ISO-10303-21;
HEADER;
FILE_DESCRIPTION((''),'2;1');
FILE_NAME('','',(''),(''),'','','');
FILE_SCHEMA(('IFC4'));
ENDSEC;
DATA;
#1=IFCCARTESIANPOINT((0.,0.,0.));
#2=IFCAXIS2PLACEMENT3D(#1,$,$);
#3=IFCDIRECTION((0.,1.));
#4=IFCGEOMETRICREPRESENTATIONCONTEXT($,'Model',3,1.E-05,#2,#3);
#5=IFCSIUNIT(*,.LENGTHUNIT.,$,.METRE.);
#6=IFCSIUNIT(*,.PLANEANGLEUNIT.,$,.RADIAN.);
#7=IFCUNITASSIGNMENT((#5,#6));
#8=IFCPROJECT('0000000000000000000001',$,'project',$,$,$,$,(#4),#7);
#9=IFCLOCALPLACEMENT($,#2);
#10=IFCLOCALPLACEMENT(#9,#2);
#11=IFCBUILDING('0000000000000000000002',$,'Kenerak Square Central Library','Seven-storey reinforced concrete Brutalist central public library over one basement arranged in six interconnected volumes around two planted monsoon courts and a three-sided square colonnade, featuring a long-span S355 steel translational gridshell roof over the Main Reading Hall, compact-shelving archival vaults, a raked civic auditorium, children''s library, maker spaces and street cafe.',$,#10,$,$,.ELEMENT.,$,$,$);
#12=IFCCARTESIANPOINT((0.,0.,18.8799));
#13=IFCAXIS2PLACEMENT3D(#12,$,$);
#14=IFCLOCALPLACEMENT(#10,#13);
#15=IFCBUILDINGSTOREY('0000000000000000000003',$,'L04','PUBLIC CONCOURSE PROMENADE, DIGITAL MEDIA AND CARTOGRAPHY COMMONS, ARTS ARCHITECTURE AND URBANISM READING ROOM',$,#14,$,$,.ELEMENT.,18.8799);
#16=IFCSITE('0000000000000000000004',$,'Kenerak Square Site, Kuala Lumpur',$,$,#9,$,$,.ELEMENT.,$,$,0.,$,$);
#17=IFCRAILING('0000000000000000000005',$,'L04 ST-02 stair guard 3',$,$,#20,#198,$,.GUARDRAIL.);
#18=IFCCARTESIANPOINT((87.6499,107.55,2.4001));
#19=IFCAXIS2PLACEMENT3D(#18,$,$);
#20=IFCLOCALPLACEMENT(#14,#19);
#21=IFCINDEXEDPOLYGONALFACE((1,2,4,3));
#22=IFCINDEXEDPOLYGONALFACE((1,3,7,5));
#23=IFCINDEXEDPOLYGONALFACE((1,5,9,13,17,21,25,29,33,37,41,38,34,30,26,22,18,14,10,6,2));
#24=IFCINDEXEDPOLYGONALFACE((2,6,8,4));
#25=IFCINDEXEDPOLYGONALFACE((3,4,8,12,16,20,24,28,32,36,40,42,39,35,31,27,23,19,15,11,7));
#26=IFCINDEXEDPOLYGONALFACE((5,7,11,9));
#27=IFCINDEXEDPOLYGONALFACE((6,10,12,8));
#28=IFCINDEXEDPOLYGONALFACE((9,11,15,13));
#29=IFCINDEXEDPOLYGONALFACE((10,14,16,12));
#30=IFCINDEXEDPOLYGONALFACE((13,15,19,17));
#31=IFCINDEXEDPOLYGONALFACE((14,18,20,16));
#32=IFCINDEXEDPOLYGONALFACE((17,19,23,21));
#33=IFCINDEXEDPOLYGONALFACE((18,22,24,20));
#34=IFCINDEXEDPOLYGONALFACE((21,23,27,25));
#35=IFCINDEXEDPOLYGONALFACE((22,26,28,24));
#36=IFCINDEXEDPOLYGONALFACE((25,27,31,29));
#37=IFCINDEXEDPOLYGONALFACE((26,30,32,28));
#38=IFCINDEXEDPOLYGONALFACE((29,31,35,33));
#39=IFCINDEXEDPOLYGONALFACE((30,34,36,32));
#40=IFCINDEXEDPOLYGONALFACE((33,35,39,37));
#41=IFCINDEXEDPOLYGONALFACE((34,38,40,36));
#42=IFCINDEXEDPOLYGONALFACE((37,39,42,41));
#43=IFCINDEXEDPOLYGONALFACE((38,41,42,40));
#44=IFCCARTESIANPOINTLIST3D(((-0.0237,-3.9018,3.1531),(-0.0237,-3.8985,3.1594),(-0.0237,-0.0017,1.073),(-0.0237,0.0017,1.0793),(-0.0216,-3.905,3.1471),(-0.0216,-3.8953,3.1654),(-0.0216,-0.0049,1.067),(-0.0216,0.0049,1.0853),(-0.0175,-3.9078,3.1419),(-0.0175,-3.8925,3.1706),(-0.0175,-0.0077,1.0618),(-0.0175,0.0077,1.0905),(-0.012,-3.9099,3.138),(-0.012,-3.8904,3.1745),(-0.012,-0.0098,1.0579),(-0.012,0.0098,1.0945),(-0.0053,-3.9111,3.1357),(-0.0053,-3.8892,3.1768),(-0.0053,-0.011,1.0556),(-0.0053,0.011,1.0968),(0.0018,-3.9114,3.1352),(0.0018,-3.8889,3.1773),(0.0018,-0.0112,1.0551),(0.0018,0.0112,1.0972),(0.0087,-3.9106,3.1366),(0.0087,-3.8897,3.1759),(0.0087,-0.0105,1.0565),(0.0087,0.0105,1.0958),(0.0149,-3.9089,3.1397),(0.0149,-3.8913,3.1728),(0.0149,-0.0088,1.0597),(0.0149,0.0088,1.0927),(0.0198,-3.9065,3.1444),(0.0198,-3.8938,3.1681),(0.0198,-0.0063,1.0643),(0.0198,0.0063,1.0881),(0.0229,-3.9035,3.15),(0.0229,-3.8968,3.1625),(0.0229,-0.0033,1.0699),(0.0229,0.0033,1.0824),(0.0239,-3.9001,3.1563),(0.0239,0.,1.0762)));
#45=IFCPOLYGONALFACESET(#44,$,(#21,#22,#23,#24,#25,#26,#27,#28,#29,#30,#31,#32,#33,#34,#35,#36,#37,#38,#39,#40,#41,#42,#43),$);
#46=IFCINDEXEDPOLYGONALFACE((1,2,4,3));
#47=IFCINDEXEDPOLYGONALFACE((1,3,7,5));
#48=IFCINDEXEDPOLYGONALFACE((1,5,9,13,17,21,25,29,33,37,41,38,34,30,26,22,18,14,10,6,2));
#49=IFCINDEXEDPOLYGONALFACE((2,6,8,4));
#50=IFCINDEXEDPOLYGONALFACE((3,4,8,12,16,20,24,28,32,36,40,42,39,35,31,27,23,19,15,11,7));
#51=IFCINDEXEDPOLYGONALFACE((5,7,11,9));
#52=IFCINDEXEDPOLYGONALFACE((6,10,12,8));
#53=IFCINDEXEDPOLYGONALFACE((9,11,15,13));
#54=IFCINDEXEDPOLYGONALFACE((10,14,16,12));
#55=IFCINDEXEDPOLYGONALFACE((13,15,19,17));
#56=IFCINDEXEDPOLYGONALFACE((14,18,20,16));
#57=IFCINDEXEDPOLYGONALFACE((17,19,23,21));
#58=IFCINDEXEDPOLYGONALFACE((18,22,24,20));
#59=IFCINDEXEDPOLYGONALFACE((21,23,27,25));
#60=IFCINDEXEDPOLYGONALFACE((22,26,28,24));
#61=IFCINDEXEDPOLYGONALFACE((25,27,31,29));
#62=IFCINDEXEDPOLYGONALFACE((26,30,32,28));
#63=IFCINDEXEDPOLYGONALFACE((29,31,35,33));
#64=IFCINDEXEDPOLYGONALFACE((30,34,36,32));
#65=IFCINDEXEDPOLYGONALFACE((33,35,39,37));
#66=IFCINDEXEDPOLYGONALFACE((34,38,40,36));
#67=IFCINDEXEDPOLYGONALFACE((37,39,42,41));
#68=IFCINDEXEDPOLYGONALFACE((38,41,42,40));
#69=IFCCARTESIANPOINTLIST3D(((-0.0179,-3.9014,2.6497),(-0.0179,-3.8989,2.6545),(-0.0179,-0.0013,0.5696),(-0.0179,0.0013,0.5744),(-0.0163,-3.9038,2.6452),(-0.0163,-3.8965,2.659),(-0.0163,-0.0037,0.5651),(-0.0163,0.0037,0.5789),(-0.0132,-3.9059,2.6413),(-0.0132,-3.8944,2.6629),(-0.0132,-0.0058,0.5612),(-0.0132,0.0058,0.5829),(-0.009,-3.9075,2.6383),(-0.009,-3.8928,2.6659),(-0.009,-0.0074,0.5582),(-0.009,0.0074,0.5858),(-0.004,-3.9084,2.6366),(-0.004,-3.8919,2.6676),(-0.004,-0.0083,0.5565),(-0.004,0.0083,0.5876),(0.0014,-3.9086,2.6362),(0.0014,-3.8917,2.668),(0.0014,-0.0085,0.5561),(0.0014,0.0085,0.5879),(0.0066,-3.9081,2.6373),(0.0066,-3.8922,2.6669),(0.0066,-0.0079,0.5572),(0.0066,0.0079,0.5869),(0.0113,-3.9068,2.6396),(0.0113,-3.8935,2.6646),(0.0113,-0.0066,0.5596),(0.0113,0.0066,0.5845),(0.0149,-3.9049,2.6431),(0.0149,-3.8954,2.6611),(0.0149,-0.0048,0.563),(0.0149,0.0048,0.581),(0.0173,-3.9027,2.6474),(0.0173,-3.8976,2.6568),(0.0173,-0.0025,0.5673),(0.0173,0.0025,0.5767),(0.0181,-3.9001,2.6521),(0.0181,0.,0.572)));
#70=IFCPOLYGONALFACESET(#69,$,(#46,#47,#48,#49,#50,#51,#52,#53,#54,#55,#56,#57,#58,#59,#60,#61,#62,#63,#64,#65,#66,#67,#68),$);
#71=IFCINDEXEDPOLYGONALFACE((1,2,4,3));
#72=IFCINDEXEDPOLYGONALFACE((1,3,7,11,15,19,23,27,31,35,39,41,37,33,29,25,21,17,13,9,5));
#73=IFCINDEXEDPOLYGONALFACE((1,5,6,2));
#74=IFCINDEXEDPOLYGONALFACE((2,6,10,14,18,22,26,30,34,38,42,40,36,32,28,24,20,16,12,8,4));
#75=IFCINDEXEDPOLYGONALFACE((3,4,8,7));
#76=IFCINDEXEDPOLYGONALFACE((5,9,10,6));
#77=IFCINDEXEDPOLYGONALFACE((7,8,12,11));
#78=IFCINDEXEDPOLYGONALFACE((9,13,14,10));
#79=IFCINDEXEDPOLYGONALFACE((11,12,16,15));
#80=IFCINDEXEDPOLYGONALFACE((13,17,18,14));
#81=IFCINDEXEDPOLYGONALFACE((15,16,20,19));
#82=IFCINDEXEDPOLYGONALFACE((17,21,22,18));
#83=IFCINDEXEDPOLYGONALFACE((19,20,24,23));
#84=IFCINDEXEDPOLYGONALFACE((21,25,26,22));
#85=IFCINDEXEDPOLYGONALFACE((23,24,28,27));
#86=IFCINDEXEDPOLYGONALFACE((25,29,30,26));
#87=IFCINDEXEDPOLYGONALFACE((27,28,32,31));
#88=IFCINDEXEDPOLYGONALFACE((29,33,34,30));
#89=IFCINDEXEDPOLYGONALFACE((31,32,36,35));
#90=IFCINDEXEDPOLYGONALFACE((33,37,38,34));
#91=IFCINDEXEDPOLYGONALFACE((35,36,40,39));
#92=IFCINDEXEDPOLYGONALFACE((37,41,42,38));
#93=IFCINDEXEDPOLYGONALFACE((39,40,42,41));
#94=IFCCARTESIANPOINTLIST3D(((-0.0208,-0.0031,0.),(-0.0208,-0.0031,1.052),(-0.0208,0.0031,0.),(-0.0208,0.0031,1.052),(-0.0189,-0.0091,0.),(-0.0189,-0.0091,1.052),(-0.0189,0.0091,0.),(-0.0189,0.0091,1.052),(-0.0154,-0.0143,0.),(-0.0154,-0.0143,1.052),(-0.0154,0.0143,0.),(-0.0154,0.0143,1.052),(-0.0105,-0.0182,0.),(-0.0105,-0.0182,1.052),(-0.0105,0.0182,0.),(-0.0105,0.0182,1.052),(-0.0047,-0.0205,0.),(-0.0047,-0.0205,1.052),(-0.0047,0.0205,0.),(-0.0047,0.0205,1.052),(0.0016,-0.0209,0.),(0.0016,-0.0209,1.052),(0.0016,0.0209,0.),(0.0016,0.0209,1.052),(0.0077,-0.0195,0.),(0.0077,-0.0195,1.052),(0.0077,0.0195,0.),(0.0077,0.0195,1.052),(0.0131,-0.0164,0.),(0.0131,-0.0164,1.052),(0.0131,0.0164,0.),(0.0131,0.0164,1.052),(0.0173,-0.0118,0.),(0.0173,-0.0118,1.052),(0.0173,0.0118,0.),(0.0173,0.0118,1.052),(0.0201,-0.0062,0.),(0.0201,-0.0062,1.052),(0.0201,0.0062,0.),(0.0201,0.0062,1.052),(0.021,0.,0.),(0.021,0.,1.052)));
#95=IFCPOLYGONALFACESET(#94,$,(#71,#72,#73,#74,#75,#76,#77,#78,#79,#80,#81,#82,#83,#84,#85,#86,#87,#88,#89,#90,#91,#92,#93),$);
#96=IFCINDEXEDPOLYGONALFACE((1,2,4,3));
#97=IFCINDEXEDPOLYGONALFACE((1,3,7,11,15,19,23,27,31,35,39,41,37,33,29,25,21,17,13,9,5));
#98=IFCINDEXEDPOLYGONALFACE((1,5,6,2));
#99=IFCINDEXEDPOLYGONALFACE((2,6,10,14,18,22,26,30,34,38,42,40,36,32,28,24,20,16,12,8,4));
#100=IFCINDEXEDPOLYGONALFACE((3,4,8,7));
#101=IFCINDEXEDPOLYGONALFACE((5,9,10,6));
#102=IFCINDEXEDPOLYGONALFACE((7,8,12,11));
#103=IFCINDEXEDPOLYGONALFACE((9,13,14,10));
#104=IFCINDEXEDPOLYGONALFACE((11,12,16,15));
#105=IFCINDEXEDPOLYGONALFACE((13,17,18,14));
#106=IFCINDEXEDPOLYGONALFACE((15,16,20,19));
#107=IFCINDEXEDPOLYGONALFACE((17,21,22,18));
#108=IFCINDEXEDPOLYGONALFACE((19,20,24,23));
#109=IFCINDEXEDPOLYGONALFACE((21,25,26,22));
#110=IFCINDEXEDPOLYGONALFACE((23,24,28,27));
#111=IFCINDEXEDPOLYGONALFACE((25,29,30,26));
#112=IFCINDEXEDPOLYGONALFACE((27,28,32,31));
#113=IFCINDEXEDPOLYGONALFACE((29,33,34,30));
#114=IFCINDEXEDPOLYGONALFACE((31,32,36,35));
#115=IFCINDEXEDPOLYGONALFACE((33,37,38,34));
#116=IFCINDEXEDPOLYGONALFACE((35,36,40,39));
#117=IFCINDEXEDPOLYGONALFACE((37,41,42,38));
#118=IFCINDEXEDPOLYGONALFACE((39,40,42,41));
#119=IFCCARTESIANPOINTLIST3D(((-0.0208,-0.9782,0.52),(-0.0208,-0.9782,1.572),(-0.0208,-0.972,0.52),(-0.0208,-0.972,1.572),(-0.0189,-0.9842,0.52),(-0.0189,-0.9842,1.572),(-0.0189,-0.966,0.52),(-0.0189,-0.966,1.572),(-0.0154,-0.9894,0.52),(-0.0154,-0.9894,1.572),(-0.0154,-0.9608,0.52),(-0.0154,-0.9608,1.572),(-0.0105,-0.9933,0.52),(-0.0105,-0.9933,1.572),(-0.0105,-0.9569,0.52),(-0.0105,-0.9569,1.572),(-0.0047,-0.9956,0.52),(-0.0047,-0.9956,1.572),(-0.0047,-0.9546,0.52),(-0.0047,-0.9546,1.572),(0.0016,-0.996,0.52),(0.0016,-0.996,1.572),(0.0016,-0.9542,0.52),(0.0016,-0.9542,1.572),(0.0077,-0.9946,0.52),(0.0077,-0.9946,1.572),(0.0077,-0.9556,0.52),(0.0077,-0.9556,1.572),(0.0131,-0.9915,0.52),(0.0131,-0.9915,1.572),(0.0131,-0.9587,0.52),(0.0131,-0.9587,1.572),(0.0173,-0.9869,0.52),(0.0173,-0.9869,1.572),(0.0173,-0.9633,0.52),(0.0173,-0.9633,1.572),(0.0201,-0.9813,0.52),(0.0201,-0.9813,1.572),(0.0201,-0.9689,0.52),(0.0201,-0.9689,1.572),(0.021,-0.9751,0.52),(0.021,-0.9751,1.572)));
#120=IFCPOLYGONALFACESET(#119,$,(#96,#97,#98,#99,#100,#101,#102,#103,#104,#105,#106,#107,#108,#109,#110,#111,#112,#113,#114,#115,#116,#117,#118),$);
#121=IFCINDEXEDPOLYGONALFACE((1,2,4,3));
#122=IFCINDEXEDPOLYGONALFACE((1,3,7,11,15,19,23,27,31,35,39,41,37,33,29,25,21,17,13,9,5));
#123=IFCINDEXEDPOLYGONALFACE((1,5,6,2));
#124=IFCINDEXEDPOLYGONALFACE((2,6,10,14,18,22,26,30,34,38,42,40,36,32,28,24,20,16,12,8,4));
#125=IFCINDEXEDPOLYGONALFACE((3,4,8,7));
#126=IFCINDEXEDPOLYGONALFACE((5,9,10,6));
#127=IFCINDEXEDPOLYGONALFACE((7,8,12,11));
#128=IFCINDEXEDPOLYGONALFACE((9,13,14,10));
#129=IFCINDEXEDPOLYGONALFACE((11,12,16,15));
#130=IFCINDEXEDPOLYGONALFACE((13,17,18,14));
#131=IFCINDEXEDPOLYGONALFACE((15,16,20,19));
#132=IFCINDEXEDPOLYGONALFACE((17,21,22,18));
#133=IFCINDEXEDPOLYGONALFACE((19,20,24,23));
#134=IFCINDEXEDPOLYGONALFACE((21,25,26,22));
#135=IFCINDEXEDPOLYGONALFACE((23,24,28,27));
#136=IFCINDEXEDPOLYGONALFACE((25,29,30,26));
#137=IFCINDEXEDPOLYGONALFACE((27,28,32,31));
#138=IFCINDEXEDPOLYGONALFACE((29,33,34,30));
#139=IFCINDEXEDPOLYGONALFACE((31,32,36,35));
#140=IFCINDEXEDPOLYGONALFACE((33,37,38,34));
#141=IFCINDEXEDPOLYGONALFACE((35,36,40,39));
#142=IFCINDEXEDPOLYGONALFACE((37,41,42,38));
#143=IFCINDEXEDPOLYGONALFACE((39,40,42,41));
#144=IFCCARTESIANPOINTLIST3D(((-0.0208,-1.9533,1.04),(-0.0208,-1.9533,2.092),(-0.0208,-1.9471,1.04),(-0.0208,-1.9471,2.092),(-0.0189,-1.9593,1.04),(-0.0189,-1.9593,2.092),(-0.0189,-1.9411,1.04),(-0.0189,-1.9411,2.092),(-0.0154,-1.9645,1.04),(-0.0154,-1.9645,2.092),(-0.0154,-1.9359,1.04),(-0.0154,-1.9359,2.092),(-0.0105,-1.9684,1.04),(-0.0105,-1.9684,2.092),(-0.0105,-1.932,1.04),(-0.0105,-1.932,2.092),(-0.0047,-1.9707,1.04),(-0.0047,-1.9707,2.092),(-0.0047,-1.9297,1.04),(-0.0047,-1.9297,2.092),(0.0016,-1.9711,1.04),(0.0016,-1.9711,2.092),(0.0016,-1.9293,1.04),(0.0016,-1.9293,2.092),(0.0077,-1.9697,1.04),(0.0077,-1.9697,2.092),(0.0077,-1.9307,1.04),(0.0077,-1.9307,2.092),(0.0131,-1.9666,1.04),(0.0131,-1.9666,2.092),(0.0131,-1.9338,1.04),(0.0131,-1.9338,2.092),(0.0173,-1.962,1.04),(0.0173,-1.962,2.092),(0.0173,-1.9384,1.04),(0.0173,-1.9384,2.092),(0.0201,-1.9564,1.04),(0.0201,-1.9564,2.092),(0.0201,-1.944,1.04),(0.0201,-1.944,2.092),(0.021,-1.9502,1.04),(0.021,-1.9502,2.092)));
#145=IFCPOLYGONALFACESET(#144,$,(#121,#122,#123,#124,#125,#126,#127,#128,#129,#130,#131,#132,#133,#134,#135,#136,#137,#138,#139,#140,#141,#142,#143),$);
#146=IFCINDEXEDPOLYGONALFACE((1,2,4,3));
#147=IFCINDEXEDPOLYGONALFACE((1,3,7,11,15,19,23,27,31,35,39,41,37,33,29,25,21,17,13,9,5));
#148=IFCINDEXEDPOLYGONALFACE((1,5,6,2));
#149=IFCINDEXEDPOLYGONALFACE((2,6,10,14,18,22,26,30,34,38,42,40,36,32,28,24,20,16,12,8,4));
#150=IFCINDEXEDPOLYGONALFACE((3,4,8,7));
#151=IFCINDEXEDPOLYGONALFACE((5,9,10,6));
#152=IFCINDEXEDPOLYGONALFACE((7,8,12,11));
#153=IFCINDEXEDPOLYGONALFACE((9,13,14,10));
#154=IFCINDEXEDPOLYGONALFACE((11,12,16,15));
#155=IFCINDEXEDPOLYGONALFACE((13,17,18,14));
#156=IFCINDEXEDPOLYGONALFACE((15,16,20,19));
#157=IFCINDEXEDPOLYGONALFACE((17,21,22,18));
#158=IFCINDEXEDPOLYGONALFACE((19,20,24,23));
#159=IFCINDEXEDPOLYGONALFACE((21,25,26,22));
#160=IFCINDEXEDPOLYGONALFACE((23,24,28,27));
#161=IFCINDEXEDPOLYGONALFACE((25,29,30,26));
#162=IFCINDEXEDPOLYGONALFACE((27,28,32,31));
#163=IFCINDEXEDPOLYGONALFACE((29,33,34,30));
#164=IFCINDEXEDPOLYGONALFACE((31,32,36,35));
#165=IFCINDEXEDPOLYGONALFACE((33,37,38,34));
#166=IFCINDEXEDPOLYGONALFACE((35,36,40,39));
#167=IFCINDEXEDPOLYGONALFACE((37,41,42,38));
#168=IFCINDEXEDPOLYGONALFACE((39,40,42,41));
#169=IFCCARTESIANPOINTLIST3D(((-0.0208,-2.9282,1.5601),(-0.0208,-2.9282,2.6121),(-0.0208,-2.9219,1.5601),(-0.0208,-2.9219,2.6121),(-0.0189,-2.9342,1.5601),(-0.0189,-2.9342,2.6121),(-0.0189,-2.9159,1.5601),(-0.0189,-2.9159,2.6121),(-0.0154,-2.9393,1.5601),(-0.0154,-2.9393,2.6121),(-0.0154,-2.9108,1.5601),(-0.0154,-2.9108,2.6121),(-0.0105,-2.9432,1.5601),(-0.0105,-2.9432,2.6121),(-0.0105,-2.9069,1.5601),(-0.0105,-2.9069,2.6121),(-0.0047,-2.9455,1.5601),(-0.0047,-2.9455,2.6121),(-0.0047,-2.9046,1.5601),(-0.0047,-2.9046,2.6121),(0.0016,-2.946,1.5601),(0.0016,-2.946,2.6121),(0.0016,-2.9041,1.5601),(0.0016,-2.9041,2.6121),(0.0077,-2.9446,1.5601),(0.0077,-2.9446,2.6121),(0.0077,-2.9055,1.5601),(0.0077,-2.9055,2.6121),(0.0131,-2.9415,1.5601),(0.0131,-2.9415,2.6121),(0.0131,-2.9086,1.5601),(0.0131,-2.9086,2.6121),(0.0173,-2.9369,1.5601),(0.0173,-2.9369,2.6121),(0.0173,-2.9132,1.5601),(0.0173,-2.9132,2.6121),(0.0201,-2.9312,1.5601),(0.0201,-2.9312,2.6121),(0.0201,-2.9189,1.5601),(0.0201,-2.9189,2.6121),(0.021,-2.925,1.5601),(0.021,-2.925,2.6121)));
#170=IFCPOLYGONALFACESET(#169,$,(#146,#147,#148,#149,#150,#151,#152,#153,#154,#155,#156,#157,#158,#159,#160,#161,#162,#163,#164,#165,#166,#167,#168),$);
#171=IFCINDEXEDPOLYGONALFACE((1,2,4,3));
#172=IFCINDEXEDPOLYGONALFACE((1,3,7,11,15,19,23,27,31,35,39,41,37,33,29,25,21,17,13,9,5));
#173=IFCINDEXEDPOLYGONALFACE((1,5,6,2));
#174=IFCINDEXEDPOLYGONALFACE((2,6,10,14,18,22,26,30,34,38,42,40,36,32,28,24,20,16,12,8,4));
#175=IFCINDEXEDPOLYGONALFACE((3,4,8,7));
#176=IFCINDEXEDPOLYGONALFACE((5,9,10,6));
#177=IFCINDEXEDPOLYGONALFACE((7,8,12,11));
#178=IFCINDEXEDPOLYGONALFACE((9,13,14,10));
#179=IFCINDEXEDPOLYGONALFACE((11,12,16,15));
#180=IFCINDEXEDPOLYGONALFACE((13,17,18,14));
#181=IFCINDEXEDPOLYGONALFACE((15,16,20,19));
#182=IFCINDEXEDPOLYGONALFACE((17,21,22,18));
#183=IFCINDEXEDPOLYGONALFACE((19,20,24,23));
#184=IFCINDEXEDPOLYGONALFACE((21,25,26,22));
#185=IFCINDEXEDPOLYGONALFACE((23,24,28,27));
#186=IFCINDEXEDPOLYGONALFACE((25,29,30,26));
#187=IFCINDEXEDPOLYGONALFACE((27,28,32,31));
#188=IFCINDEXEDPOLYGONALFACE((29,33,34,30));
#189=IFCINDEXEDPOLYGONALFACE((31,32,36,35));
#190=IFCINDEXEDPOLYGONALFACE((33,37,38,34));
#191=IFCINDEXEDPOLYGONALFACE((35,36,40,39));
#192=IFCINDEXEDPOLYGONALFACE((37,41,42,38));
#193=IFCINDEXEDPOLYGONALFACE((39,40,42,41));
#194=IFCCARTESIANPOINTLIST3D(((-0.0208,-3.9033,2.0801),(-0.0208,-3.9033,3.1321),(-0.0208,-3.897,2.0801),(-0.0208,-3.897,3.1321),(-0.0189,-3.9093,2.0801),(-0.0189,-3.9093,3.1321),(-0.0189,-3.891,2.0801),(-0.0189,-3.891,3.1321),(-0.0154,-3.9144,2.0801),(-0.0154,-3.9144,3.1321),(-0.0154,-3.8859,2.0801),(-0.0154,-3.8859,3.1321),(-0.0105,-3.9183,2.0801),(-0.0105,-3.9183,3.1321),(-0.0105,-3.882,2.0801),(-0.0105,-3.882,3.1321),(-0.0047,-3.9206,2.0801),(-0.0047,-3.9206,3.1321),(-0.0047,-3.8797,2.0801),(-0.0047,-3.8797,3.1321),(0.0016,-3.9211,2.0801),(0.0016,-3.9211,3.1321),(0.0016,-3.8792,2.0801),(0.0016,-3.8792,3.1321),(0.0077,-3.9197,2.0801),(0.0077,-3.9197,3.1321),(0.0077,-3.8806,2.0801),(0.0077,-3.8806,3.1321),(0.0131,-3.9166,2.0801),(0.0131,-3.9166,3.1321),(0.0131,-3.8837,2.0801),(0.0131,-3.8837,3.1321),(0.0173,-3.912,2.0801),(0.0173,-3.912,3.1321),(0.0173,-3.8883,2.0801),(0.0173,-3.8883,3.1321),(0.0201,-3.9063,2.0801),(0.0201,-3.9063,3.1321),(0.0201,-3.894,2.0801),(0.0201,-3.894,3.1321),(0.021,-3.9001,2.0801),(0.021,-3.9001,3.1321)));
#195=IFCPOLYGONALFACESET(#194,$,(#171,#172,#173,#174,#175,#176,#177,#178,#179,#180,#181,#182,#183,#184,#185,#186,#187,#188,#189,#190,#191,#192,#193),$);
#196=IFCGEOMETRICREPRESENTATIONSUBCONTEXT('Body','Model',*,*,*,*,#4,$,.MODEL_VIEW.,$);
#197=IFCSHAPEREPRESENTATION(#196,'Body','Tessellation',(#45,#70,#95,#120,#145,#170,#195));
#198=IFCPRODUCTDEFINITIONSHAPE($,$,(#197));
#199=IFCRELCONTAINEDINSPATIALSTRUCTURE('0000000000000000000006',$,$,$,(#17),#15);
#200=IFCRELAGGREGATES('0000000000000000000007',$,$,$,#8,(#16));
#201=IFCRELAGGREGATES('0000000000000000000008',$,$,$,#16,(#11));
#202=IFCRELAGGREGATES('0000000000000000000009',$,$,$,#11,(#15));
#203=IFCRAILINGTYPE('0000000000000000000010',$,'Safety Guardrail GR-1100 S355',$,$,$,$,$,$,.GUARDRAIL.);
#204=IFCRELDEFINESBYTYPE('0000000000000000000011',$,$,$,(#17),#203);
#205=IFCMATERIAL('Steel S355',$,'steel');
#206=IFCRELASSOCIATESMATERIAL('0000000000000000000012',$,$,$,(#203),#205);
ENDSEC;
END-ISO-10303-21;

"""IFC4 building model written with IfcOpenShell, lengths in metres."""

from ifc_helpers import new_model, si_unit, direction, frame, origin, origin_2d, place, context, subcontext, project, spatial, circle, extrude, material, type_object, element, save


model = new_model("IFC4")

# Units and contexts
model_context = context("Model", 3, precision=1e-05, world=origin(), true_north=direction((0.0, 1.0)))
body_context = subcontext(model_context, "Body", "Model", "MODEL_VIEW")
ifc_project = project(units=[si_unit("LENGTHUNIT", "METRE"), si_unit("PLANEANGLEUNIT", "RADIAN")], contexts=[model_context])

# Site, building, storey
site_placement = place(None, origin())
site = spatial("IfcSite", under=ifc_project, at=site_placement, Name="Kenerak Square Site, Kuala Lumpur", CompositionType="ELEMENT", RefElevation=0.0)
building_placement = place(site_placement, origin())
building = spatial("IfcBuilding", under=site, at=building_placement, Name="Kenerak Square Central Library", Description="Seven-storey reinforced concrete Brutalist central public library over one basement arranged in six interconnected volumes around two planted monsoon courts and a three-sided square colonnade, featuring a long-span S355 steel translational gridshell roof over the Main Reading Hall, compact-shelving archival vaults, a raked civic auditorium, children's library, maker spaces and street cafe.", CompositionType="ELEMENT")
storey_placement = place(building_placement, frame((0.0, 0.0, 18.8799)))
storey = spatial("IfcBuildingStorey", under=building, at=storey_placement, Name="L04", Description="PUBLIC CONCOURSE PROMENADE, DIGITAL MEDIA AND CARTOGRAPHY COMMONS, ARTS ARCHITECTURE AND URBANISM READING ROOM", CompositionType="ELEMENT", Elevation=18.8799)

# Railing
ifc_material_1 = material(Name="Steel S355", Category="steel")
railing_type_1 = type_object("IfcRailingType", Name="Safety Guardrail GR-1100 S355", PredefinedType="GUARDRAIL", material=ifc_material_1)
railing_1_placement = place(storey_placement, frame((87.6499, 107.55, 2.4001)))
element("IfcRailing", 1, at=railing_1_placement, inside=storey, type_object=railing_type_1, Name="L04 ST-02 stair guard 3", PredefinedType="GUARDRAIL", context=body_context, shape_type="SweptSolid", body=[
    extrude(circle(Radius=0.0239, at=origin_2d()), frame((0.0, 0.0, 1.0762), z_axis=(0.0, -0.882353, 0.470588), x_axis=(1.0, 0.0, 0.0)), (0.0, 0.0, 1.0), 4.4202),
    extrude(circle(Radius=0.0181, at=origin_2d()), frame((0.0, 0.0, 0.572), z_axis=(0.0, -0.882353, 0.470588), x_axis=(1.0, 0.0, 0.0)), (0.0, 0.0, 1.0), 4.4202),
    extrude(circle(Radius=0.021, at=origin_2d()), origin(), (0.0, 0.0, 1.0), 1.052),
    extrude(circle(Radius=0.021, at=origin_2d()), frame((0.0, -0.9751, 0.52)), (0.0, 0.0, 1.0), 1.052),
    extrude(circle(Radius=0.021, at=origin_2d()), frame((0.0, -1.9502, 1.04)), (0.0, 0.0, 1.0), 1.052),
    extrude(circle(Radius=0.021, at=origin_2d()), frame((0.0, -2.925, 1.5601)), (0.0, 0.0, 1.0), 1.052),
    extrude(circle(Radius=0.021, at=origin_2d()), frame((0.0, -3.9001, 2.0801)), (0.0, 0.0, 1.0), 1.052),
])

save(model, "model.ifc")
